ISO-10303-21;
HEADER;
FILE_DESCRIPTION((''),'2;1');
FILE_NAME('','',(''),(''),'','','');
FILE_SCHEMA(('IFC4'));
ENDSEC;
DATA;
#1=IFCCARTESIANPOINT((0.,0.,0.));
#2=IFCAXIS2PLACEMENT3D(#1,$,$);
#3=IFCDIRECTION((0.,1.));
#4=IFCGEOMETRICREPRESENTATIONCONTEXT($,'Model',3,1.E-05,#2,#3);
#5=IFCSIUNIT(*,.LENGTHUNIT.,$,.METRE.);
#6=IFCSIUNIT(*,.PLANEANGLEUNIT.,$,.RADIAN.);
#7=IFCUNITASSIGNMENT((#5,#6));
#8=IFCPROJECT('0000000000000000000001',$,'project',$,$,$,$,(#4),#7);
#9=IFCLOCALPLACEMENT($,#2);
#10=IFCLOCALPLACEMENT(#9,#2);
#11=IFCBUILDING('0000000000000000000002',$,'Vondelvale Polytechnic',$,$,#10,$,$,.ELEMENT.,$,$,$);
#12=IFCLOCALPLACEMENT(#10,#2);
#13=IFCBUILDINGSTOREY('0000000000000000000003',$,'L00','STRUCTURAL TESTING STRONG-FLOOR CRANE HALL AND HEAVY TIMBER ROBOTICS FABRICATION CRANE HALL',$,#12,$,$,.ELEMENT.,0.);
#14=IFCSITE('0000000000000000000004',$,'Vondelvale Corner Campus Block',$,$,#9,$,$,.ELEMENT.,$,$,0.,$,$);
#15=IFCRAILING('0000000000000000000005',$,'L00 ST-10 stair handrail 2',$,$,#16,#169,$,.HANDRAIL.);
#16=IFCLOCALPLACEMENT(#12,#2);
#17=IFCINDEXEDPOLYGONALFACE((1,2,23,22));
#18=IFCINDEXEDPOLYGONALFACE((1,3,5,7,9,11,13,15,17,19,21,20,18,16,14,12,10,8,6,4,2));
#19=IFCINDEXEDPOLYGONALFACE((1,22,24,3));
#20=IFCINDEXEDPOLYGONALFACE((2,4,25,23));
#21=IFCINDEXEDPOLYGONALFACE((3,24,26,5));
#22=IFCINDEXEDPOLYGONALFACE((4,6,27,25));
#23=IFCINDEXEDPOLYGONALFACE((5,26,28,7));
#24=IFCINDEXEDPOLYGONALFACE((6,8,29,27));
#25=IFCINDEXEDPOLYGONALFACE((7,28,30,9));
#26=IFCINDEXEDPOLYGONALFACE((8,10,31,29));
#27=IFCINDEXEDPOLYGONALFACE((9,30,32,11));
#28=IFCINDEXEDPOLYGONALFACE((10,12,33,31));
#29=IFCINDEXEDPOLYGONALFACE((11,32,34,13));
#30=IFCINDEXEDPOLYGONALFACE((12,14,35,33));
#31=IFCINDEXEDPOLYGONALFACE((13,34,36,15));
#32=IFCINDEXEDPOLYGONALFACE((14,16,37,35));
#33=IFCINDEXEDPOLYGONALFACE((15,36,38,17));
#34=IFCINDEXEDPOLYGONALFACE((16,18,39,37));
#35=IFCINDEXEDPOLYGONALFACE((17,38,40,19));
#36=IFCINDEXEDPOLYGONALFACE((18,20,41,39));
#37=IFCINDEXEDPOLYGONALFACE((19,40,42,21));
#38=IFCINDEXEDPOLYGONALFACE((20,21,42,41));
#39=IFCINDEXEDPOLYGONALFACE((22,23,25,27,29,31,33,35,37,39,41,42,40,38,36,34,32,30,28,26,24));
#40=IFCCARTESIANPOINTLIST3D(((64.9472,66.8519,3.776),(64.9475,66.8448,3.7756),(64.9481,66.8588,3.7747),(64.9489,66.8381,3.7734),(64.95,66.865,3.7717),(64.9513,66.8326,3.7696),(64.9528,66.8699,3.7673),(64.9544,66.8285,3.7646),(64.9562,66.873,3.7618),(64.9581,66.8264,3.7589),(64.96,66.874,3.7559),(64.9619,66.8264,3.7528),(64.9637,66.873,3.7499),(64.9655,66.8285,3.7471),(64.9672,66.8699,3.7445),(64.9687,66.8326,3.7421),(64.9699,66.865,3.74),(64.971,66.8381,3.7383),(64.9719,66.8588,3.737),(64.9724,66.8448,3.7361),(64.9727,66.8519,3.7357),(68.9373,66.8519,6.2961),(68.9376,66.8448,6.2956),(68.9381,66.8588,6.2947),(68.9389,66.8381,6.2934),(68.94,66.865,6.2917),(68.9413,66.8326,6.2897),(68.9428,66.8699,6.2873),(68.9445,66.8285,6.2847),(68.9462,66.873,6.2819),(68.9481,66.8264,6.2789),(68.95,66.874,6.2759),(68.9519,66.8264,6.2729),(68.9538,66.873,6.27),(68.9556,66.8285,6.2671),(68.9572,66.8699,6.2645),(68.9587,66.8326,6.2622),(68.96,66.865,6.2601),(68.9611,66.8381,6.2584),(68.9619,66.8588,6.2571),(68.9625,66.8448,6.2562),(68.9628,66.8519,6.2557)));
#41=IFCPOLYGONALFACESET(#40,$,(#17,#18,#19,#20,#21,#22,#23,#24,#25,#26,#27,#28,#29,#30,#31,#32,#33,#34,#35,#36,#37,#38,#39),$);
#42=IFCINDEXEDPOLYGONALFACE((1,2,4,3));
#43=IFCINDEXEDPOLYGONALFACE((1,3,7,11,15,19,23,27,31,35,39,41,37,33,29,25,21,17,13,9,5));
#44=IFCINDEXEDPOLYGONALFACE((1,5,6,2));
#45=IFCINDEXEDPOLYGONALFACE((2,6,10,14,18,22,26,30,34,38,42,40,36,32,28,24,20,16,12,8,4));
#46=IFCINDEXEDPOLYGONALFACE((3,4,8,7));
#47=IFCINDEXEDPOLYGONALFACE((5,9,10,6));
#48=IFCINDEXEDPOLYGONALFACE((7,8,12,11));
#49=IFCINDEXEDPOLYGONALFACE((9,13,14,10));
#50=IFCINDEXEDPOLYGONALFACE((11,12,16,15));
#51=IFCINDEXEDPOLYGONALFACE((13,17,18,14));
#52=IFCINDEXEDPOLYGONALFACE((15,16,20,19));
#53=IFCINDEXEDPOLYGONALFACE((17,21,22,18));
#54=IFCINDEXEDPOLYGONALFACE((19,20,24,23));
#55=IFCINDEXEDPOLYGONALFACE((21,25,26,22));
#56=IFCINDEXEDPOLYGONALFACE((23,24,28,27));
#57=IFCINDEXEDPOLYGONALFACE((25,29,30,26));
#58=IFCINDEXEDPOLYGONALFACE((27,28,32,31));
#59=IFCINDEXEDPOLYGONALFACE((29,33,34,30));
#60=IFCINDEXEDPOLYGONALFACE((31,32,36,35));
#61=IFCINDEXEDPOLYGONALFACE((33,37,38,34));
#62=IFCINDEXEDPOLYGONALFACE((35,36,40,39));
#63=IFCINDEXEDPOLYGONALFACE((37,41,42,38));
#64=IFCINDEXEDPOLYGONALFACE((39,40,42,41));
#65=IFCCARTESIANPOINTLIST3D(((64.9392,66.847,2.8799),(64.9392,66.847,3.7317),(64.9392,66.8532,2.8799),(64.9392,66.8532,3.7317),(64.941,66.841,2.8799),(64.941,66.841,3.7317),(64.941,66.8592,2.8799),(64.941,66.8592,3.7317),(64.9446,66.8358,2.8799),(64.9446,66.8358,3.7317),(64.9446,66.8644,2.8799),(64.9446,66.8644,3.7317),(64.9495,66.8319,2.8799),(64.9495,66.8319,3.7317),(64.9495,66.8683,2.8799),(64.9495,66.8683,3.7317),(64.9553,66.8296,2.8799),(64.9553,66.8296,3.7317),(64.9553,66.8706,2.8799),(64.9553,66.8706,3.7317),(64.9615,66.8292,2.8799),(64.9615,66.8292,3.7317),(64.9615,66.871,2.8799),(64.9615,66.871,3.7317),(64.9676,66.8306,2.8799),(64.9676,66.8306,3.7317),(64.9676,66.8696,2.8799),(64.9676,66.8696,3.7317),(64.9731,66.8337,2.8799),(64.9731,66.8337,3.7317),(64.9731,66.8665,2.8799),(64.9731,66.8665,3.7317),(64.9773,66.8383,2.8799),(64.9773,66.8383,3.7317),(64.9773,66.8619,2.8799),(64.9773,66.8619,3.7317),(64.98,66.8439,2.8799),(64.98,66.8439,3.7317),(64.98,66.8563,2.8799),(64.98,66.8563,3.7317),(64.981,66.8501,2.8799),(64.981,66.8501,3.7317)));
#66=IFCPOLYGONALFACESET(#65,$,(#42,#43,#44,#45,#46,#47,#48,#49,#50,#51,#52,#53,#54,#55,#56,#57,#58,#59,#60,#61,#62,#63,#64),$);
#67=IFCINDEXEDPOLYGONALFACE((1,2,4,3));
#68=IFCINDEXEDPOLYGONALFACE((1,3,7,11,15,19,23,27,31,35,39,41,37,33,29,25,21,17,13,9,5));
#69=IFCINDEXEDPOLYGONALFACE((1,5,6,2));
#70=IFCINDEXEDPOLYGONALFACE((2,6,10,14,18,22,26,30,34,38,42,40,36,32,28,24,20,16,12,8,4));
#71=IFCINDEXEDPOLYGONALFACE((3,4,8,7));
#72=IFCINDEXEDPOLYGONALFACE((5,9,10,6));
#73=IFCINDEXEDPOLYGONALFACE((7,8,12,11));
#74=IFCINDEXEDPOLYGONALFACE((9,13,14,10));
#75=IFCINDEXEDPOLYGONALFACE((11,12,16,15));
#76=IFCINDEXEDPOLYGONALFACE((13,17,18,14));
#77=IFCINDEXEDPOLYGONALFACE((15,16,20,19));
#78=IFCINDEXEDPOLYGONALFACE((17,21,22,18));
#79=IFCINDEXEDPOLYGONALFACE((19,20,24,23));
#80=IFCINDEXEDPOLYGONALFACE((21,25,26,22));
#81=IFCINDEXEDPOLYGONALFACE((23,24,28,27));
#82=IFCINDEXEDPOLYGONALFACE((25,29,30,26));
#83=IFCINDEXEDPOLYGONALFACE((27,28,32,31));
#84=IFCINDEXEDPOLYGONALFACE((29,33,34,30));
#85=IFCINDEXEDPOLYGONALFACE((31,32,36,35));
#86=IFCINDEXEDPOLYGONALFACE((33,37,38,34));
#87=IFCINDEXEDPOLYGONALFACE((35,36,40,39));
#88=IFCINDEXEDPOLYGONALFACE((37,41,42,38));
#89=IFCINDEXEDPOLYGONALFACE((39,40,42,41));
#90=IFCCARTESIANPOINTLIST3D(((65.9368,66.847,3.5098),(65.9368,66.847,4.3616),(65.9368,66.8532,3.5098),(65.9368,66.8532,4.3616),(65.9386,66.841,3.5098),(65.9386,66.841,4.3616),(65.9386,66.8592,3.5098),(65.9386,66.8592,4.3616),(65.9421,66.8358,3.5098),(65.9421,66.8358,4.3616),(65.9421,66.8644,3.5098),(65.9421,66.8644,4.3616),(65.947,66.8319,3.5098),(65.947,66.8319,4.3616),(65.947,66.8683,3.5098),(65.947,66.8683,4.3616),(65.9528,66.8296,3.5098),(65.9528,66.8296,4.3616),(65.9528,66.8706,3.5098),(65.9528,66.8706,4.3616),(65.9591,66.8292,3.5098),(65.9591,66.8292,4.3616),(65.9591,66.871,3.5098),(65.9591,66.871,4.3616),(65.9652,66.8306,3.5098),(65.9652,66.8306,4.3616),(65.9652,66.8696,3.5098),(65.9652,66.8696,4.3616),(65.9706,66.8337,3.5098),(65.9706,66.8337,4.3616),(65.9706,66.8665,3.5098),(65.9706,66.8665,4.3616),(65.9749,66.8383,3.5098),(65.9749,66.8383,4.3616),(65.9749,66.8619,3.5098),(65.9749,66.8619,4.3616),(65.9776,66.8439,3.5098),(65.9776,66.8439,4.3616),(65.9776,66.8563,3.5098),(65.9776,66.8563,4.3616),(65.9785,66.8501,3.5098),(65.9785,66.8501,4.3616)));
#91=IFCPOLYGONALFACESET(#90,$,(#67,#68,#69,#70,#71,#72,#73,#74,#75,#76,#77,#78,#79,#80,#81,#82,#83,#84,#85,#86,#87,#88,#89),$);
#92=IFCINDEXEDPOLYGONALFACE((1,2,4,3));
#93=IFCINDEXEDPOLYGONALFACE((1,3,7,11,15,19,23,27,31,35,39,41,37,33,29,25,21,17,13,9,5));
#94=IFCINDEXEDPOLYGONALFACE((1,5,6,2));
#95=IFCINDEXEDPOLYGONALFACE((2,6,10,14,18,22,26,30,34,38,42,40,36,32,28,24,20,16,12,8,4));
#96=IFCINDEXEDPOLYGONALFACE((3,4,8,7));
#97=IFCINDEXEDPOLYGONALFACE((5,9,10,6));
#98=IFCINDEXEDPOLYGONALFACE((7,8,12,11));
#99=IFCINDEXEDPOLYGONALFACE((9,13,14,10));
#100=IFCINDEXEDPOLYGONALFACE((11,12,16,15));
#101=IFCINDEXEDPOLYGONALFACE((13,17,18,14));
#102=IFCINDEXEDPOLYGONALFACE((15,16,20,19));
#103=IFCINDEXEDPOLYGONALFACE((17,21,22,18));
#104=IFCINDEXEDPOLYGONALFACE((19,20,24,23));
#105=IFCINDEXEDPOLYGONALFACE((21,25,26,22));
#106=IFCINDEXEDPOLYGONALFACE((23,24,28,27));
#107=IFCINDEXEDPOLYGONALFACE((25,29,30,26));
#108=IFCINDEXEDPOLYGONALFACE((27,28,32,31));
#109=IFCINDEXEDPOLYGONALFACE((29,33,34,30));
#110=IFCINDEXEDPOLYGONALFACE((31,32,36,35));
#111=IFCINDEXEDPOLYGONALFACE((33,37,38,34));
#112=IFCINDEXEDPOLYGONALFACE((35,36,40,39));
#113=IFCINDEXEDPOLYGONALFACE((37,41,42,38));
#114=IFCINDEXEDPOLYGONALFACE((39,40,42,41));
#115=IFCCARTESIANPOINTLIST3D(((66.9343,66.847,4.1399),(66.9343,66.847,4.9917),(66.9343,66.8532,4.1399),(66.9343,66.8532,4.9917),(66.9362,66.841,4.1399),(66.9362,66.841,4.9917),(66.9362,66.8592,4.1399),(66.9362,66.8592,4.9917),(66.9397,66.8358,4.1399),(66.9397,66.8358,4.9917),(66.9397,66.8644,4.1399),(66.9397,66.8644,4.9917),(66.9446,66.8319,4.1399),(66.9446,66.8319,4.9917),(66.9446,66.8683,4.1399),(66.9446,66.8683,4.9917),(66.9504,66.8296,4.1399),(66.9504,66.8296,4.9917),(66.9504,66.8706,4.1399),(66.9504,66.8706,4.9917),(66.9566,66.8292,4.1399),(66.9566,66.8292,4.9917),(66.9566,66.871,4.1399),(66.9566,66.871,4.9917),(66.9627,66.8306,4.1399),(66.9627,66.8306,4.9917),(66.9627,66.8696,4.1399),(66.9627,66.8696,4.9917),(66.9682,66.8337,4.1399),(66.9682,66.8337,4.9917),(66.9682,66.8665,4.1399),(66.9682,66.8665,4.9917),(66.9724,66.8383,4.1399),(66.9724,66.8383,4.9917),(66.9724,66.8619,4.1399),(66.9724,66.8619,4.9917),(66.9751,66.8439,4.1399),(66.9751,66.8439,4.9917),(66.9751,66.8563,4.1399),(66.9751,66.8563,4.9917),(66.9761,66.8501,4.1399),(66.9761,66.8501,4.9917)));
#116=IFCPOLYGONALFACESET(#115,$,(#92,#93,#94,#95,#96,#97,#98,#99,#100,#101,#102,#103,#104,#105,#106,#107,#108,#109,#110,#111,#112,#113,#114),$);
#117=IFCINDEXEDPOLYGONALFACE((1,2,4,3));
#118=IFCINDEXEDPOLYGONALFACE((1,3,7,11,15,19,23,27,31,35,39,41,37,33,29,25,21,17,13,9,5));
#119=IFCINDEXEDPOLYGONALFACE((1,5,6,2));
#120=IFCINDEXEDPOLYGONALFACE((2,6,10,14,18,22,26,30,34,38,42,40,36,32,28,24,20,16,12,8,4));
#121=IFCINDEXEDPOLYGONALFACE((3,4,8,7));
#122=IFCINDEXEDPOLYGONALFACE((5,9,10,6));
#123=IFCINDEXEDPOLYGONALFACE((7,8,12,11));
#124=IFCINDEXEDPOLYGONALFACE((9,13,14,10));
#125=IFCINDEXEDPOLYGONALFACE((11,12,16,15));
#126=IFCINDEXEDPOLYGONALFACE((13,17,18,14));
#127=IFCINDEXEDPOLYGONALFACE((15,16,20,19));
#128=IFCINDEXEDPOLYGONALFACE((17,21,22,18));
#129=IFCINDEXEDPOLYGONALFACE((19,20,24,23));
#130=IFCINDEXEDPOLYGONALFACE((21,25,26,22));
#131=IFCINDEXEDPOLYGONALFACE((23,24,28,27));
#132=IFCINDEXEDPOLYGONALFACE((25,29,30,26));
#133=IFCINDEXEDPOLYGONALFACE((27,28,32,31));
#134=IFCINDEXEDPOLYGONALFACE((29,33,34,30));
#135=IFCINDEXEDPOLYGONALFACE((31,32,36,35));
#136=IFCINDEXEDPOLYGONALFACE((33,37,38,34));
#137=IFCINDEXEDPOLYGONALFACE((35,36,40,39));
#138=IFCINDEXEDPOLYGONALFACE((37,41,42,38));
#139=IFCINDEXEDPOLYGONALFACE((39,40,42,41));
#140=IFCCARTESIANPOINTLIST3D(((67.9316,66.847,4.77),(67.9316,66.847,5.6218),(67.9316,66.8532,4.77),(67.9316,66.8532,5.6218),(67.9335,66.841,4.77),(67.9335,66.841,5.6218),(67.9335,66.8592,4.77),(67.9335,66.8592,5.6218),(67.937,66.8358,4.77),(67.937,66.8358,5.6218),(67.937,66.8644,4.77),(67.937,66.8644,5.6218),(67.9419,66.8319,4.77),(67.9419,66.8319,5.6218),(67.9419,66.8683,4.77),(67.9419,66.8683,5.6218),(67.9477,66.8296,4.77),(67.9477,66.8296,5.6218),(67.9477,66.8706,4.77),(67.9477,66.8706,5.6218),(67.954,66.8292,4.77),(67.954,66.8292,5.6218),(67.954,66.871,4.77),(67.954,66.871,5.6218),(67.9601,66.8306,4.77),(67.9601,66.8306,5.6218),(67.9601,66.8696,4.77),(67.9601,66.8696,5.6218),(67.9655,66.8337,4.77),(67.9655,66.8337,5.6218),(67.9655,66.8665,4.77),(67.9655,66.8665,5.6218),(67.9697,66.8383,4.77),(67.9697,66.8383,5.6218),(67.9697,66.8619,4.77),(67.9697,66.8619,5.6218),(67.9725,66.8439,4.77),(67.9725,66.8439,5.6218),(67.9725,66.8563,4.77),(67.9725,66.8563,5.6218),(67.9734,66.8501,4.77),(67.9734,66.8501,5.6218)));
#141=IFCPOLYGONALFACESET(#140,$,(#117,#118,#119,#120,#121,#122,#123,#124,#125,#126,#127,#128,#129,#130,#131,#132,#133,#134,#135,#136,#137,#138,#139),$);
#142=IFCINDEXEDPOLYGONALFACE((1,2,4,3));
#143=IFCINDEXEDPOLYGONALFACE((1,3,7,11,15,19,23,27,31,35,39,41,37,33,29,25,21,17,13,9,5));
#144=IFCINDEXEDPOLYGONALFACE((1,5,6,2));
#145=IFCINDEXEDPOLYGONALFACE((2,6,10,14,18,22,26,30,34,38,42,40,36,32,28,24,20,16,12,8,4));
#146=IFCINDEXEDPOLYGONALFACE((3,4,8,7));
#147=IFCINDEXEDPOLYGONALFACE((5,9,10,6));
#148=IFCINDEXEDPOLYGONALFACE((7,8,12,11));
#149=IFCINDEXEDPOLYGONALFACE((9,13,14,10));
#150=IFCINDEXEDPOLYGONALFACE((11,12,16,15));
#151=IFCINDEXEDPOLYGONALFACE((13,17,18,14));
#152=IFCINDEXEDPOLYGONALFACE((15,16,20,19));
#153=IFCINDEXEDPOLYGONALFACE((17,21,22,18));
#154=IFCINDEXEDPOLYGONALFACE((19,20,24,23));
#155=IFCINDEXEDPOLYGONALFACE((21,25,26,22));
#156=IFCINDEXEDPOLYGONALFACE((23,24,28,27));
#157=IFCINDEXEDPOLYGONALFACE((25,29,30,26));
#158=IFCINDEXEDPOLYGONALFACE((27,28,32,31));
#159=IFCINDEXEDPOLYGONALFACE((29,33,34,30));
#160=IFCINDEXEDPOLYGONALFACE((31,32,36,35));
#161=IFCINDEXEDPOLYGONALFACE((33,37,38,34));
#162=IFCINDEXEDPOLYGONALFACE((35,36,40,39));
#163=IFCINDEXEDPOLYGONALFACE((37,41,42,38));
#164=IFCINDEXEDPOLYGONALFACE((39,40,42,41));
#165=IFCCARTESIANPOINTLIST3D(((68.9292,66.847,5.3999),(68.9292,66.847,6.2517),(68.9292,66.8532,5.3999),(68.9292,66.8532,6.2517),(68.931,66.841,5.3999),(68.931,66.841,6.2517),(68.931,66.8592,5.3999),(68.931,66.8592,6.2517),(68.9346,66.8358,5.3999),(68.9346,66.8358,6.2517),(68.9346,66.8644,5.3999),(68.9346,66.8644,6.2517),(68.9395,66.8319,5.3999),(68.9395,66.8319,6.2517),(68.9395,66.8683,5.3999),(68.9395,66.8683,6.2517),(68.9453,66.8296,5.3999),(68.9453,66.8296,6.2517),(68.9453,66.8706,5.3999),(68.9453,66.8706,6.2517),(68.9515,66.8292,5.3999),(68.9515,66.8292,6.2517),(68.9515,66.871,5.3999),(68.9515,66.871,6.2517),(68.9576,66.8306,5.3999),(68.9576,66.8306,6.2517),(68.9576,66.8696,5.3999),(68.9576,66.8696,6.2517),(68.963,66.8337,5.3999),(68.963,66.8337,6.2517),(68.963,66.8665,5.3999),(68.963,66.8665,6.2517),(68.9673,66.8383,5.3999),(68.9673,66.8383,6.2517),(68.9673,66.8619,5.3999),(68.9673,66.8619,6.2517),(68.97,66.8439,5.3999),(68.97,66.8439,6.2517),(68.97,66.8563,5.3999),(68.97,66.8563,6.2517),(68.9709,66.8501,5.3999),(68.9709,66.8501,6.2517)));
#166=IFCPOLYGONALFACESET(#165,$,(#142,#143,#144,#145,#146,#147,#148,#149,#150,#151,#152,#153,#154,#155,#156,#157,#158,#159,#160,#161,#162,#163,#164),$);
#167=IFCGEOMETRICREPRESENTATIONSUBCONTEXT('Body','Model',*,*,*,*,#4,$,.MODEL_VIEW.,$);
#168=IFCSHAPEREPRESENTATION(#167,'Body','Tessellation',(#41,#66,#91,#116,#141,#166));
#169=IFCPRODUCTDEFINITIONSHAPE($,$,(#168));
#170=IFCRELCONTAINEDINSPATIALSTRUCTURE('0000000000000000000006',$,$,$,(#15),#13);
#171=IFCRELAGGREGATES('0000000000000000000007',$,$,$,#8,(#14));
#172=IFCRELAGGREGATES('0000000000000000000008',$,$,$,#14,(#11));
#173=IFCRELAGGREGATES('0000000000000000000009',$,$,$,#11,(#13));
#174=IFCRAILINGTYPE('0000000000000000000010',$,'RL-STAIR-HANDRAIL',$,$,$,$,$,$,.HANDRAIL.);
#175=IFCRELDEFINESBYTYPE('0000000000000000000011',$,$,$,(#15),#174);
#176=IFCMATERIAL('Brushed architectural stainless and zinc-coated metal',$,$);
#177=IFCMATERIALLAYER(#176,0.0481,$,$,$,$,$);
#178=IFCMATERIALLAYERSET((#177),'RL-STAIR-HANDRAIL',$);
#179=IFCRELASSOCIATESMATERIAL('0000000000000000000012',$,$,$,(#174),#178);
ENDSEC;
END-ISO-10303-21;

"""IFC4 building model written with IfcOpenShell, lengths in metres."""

from ifc_helpers import new_model, si_unit, direction, frame, origin, origin_2d, place, context, subcontext, project, spatial, circle, extrude, material, layer, layer_set, type_object, element, save


model = new_model("IFC4")

# Units and contexts
model_context = context("Model", 3, precision=1e-05, world=origin(), true_north=direction((0.0, 1.0)))
body_context = subcontext(model_context, "Body", "Model", "MODEL_VIEW")
ifc_project = project(units=[si_unit("LENGTHUNIT", "METRE"), si_unit("PLANEANGLEUNIT", "RADIAN")], contexts=[model_context])

# Site, building, storey
site_placement = place(None, origin())
site = spatial("IfcSite", under=ifc_project, at=site_placement, Name="Vondelvale Corner Campus Block", CompositionType="ELEMENT", RefElevation=0.0)
building_placement = place(site_placement, origin())
building = spatial("IfcBuilding", under=site, at=building_placement, Name="Vondelvale Polytechnic", CompositionType="ELEMENT")
storey_placement = place(building_placement, origin())
storey = spatial("IfcBuildingStorey", under=building, at=storey_placement, Name="L00", Description="STRUCTURAL TESTING STRONG-FLOOR CRANE HALL AND HEAVY TIMBER ROBOTICS FABRICATION CRANE HALL", CompositionType="ELEMENT", Elevation=0.0)

# Railing
ifc_material_1 = material(Name="Brushed architectural stainless and zinc-coated metal")
ifc_layer_1 = layer(ifc_material_1, 0.0481)
ifc_layer_set_1 = layer_set([ifc_layer_1], Name="RL-STAIR-HANDRAIL")
railing_type = type_object("IfcRailingType", Name="RL-STAIR-HANDRAIL", PredefinedType="HANDRAIL", material=ifc_layer_set_1)
railing_placement = place(storey_placement, frame((64.96, 66.8501, 2.8799)))
element("IfcRailing", 1, at=railing_placement, inside=storey, type_object=railing_type, Name="L00 ST-10 stair handrail 2", PredefinedType="HANDRAIL", context=body_context, shape_type="SweptSolid", body=[
    extrude(circle(Radius=0.0239, at=origin_2d()), frame((0.0, 0.0, 0.876), z_axis=(0.845486, 0.0, 0.533997), x_axis=(0.0, 1.0, 0.0)), (0.0, 0.0, 1.0), 4.7192),
    extrude(circle(Radius=0.021, at=origin_2d()), origin(), (0.0, 0.0, 1.0), 0.8518),
    extrude(circle(Radius=0.021, at=origin_2d()), frame((0.9976, 0.0, 0.6299)), (0.0, 0.0, 1.0), 0.8518),
    extrude(circle(Radius=0.021, at=origin_2d()), frame((1.9951, 0.0, 1.26)), (0.0, 0.0, 1.0), 0.8518),
    extrude(circle(Radius=0.021, at=origin_2d()), frame((2.9924, 0.0, 1.8901)), (0.0, 0.0, 1.0), 0.8518),
    extrude(circle(Radius=0.021, at=origin_2d()), frame((3.99, 0.0, 2.52)), (0.0, 0.0, 1.0), 0.8518),
])

save(model, "model.ifc")
